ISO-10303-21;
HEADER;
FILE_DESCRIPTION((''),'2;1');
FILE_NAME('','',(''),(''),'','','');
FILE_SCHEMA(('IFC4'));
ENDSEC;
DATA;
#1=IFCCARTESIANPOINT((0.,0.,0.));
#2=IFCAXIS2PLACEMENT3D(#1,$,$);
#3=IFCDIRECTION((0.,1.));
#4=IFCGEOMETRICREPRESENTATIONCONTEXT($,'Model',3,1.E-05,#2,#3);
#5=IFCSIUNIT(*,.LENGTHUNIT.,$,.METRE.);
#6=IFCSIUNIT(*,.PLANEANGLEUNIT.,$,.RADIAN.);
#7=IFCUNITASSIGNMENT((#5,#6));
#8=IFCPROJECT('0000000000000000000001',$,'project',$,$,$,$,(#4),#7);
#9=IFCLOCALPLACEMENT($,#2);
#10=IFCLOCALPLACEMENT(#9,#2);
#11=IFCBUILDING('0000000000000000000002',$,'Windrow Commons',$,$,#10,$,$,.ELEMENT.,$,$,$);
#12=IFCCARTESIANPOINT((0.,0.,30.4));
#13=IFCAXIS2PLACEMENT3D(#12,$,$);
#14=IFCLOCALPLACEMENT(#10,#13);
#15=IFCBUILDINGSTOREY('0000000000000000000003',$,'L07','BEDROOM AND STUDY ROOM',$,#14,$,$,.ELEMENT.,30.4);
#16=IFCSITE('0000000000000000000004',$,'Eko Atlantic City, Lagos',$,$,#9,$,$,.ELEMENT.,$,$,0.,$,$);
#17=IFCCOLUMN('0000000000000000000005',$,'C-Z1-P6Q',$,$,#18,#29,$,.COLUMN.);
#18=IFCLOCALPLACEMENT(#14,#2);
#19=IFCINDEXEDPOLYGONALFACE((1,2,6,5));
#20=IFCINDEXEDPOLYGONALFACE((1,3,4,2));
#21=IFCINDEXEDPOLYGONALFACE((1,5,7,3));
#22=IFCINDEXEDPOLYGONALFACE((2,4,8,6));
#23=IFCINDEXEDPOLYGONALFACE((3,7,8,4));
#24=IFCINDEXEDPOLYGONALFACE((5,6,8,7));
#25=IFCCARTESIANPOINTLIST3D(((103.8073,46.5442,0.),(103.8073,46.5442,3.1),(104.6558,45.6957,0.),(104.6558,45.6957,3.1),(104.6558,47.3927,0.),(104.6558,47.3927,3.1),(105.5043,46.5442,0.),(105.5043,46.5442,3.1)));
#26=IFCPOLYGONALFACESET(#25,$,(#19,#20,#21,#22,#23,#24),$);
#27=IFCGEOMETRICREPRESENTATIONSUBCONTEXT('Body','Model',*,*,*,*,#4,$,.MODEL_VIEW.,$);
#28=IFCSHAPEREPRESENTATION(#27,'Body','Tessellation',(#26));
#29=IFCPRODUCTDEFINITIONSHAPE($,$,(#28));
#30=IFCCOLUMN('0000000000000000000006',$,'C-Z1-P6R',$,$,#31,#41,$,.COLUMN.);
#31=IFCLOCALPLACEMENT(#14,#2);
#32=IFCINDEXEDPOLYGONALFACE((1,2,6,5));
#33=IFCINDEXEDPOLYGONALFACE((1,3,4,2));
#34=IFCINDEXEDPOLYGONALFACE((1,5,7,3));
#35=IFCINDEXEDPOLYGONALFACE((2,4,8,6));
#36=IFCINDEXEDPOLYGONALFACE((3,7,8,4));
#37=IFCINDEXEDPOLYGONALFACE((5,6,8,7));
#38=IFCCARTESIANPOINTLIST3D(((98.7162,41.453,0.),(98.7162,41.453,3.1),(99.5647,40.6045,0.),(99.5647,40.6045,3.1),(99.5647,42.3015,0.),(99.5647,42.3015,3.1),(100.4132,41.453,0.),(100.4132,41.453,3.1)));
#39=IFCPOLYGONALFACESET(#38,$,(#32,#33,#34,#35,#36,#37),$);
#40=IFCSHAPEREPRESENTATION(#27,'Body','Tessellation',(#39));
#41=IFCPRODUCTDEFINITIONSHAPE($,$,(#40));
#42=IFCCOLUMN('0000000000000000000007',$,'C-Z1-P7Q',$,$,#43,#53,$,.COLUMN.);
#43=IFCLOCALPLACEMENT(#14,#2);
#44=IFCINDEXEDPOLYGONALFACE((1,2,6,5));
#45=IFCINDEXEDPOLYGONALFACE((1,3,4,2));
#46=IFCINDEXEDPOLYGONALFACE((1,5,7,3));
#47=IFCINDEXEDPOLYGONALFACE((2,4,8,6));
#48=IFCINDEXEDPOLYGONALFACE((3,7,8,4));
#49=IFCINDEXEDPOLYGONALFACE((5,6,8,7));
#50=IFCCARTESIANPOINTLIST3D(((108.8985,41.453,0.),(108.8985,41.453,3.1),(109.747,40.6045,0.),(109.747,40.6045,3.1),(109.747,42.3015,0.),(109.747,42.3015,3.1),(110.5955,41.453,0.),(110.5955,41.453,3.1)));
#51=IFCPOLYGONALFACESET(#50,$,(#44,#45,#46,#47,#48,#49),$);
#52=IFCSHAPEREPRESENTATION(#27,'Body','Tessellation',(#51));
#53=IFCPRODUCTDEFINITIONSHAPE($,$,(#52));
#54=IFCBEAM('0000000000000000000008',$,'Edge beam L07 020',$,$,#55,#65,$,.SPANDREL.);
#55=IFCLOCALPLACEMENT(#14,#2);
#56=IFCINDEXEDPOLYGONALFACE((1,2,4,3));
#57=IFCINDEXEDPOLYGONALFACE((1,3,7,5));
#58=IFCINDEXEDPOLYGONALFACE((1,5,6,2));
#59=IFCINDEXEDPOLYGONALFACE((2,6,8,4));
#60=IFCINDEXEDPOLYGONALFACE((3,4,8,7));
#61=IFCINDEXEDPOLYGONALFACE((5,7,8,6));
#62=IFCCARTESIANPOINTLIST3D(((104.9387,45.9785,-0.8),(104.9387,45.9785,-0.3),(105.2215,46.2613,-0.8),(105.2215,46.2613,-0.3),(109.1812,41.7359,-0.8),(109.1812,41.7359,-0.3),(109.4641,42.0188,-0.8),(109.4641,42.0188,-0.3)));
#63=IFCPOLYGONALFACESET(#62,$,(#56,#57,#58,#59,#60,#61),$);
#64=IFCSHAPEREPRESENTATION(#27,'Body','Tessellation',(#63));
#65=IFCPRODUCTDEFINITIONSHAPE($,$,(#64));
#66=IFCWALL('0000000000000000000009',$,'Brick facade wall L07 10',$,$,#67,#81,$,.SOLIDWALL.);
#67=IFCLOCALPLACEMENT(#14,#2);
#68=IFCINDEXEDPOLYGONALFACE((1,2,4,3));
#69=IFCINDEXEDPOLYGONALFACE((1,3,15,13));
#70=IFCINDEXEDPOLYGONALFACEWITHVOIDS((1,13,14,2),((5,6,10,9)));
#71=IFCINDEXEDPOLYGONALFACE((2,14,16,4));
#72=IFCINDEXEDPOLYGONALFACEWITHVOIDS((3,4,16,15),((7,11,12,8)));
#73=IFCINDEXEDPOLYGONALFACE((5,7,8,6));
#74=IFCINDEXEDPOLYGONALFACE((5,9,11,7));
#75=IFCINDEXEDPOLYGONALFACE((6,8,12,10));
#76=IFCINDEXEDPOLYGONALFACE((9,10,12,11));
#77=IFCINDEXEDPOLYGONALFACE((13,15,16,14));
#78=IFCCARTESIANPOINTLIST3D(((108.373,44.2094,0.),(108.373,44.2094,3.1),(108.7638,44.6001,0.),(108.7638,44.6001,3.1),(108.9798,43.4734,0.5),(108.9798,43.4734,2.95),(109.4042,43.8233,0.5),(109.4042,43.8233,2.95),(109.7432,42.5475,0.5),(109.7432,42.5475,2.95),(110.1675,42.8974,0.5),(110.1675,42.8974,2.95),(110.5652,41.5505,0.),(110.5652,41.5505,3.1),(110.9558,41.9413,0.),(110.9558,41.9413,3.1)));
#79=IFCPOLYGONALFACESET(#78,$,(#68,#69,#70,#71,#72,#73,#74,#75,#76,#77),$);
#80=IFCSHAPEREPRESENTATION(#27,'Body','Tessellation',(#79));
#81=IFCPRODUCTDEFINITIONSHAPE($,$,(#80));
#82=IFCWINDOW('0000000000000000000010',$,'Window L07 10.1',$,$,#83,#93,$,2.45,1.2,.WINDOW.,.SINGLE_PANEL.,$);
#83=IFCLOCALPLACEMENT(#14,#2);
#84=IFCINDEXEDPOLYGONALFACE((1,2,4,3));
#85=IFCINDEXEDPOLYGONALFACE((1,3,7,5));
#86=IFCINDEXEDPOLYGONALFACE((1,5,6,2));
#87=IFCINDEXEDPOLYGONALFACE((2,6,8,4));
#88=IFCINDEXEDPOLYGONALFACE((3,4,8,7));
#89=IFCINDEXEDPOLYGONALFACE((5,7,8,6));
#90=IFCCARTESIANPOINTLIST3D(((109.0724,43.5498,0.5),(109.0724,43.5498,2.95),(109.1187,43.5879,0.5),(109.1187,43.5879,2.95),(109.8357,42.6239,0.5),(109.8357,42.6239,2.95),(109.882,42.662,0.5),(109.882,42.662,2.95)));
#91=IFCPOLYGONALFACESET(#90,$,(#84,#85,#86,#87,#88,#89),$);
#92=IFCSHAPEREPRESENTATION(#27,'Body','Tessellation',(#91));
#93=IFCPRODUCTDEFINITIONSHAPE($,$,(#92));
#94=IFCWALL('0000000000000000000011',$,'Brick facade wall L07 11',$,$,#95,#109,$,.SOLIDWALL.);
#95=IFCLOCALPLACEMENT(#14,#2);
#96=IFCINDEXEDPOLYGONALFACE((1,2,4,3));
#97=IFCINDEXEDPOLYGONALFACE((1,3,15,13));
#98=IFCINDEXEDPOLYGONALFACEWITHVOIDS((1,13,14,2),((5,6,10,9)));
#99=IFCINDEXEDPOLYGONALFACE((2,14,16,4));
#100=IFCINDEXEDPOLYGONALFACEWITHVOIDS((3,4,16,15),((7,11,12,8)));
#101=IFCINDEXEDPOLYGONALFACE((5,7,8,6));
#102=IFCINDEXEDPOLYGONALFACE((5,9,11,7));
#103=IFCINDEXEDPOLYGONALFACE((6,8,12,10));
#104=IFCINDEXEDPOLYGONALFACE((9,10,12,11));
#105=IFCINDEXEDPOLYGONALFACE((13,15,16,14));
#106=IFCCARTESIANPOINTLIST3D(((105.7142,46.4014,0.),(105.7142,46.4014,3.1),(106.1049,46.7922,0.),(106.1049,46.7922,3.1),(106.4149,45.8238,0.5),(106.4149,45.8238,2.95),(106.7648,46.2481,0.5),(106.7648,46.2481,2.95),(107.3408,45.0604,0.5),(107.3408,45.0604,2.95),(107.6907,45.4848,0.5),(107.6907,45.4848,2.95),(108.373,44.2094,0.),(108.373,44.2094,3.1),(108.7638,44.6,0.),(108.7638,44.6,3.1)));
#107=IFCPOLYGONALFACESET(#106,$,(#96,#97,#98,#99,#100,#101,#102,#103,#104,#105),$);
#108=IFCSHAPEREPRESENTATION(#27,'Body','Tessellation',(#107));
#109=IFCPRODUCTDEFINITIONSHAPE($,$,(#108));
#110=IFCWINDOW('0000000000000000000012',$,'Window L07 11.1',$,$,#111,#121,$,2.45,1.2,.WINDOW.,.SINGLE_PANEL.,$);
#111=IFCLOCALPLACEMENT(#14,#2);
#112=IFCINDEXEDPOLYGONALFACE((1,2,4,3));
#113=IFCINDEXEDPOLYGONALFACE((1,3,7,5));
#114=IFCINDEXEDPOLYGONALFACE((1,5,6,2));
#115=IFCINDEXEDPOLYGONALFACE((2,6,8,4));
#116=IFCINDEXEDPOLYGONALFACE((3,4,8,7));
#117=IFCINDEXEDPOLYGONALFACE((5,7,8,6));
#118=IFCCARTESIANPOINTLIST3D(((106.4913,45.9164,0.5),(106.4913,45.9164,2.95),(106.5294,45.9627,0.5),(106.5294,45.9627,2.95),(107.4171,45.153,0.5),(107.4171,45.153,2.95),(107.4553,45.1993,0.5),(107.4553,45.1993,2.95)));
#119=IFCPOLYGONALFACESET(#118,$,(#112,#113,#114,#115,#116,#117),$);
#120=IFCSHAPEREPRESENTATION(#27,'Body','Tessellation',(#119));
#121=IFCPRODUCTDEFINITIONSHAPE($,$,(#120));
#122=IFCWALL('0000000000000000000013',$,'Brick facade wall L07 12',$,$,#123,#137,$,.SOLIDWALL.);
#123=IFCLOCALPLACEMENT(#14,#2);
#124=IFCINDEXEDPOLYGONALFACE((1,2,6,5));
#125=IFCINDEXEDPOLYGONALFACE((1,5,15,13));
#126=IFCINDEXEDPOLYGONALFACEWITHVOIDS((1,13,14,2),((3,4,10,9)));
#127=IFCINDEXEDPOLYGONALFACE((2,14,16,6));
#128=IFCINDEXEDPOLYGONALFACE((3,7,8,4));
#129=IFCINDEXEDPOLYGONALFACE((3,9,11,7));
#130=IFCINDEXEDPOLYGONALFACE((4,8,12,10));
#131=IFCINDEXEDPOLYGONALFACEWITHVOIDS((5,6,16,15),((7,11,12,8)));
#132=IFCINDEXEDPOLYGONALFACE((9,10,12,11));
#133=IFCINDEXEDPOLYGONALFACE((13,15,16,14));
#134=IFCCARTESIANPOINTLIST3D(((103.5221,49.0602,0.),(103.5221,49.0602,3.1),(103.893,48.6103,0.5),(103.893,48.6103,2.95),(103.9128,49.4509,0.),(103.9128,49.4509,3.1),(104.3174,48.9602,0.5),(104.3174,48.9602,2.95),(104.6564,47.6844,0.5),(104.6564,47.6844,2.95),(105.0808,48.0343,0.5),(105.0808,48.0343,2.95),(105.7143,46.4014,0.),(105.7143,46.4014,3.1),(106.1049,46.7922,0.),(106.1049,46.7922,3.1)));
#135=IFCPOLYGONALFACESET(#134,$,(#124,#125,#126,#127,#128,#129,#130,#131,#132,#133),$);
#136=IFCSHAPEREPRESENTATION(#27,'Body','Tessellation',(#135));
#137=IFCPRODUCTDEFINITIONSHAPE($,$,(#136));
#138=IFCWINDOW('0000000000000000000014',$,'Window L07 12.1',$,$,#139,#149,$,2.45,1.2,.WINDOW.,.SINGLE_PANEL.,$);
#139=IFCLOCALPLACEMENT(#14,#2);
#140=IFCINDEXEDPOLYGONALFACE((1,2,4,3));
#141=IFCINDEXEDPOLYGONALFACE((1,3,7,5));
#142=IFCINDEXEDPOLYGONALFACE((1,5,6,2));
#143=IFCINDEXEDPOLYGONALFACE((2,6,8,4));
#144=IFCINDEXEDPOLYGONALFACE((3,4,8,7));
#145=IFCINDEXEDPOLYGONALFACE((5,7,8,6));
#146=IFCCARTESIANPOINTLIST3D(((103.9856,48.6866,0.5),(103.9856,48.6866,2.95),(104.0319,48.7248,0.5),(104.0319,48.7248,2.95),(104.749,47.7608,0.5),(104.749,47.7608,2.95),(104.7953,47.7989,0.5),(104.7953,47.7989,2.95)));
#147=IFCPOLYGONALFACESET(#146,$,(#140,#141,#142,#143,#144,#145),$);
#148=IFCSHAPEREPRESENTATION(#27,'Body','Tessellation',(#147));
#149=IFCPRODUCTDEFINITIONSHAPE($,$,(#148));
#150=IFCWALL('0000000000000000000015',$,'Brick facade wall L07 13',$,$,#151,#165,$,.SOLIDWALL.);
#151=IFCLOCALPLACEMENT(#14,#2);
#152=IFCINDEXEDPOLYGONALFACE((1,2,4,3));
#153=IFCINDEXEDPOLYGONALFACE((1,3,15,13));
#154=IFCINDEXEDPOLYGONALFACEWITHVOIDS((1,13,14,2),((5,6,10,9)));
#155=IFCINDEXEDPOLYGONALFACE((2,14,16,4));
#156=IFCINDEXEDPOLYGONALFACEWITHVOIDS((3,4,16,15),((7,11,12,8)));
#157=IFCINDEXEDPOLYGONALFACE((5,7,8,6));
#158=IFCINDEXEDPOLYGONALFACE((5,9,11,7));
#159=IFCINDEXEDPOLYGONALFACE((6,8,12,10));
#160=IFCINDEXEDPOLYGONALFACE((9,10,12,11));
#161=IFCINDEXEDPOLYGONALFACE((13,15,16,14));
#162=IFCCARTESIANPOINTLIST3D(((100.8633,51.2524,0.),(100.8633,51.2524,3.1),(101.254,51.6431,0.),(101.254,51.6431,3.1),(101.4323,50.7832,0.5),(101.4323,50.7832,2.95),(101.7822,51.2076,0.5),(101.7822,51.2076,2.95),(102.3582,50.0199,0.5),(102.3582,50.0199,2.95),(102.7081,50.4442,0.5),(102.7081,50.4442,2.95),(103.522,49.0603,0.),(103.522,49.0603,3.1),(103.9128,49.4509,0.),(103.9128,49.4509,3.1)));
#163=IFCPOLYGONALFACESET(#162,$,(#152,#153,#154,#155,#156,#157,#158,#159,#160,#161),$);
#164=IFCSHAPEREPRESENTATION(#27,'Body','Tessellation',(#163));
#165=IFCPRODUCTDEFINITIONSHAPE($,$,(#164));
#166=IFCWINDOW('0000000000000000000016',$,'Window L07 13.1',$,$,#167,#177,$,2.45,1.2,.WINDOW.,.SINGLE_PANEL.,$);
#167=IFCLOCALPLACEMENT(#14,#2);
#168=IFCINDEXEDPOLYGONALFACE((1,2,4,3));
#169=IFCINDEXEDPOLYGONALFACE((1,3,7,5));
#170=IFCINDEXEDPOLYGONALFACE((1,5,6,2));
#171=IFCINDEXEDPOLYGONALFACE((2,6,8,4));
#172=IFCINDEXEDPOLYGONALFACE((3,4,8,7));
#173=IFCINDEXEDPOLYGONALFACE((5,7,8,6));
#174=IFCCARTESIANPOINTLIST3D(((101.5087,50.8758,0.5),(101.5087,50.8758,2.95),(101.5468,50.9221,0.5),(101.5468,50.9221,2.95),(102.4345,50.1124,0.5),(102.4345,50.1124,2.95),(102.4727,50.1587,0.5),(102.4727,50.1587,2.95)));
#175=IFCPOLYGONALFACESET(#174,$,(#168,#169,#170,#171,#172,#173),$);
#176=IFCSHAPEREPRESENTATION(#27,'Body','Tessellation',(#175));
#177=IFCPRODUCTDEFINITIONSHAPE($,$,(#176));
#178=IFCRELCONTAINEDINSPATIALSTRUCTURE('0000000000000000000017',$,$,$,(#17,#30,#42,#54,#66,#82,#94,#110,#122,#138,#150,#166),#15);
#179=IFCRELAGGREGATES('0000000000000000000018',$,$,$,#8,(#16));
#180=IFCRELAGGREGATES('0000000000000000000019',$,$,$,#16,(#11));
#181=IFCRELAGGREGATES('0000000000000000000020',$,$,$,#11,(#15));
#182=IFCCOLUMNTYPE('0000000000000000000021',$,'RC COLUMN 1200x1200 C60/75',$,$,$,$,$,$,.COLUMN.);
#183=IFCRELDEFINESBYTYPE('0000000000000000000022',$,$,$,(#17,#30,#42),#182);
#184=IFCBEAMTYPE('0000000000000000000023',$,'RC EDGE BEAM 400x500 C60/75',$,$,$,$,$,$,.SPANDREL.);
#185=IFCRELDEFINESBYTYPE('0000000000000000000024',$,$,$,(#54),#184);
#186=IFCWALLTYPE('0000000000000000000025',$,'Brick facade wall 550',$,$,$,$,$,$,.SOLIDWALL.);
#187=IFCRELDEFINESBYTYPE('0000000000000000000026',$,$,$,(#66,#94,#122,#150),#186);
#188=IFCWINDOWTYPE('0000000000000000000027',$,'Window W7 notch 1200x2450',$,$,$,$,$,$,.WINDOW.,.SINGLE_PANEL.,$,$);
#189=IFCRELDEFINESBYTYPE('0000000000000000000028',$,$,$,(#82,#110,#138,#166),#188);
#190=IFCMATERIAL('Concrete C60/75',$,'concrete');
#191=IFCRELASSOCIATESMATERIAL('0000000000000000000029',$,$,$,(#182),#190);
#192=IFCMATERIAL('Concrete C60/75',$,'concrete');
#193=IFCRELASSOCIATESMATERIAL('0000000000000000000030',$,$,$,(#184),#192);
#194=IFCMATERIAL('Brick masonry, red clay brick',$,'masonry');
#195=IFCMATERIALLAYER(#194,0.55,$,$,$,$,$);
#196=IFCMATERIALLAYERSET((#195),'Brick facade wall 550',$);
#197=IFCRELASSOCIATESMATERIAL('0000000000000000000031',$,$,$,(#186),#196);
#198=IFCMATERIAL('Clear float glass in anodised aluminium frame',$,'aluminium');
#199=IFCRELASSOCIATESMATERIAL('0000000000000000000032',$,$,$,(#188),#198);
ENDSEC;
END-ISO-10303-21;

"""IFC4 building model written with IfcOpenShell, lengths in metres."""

from ifc_helpers import new_model, si_unit, direction, frame, frame_2d, origin, origin_2d, place, context, subcontext, project, spatial, polyline, rectangle, outline, extrude, material, layer, layer_set, material_profile, profile_set, type_object, element, fill, save


model = new_model("IFC4")

# Units and contexts
model_context = context("Model", 3, precision=1e-05, world=origin(), true_north=direction((0.0, 1.0)))
body_context = subcontext(model_context, "Body", "Model", "MODEL_VIEW")
ifc_project = project(units=[si_unit("LENGTHUNIT", "METRE"), si_unit("PLANEANGLEUNIT", "RADIAN")], contexts=[model_context])

# Site, building, storey
site_placement = place(None, origin())
site = spatial("IfcSite", under=ifc_project, at=site_placement, Name="Eko Atlantic City, Lagos", CompositionType="ELEMENT", RefElevation=0.0)
building_placement = place(site_placement, origin())
building = spatial("IfcBuilding", under=site, at=building_placement, Name="Windrow Commons", CompositionType="ELEMENT")
storey_placement = place(building_placement, frame((0.0, 0.0, 30.4)))
storey = spatial("IfcBuildingStorey", under=building, at=storey_placement, Name="L07", Description="BEDROOM AND STUDY ROOM", CompositionType="ELEMENT", Elevation=30.4)

# Columns
ifc_material_1 = material(Name="Concrete C60/75", Category="concrete")
ifc_material_profile_1 = material_profile(ifc_material_1, rectangle(XDim=1.2, YDim=1.2, at=origin_2d()))
ifc_profile_set_1 = profile_set([ifc_material_profile_1], Name="Concrete C60/75")
column_type = type_object("IfcColumnType", Name="RC COLUMN 1200x1200 C60/75", PredefinedType="COLUMN", material=ifc_profile_set_1)
for number, where, z_axis, x_axis, name in (
    (1, (104.6558, 46.5442, 0.0), (0.0, 0.0, 1.0), (0.707107, -0.707107, 0.0), "C-Z1-P6Q"),
    (2, (99.5647, 41.453, 0.0), (0.0, 0.0, 1.0), (0.707107, -0.707107, 0.0), "C-Z1-P6R"),
    (3, (109.747, 41.453, 0.0), (0.0, 0.0, 1.0), (0.707107, -0.707107, 0.0), "C-Z1-P7Q"),
):
    element("IfcColumn", number, at=place(storey_placement, frame(where, z_axis=z_axis, x_axis=x_axis)), inside=storey, type_object=column_type, Name=name, PredefinedType="COLUMN", context=body_context, shape_type="SweptSolid", body=[
        extrude(rectangle(XDim=1.2, YDim=1.2, at=origin_2d()), origin(), (0.0, 0.0, 1.0), 3.1),
    ])

# Beam
ifc_material_2 = material(Name="Concrete C60/75", Category="concrete")
ifc_material_profile_2 = material_profile(ifc_material_2, rectangle(XDim=0.4, YDim=0.5, at=origin_2d()))
ifc_profile_set_2 = profile_set([ifc_material_profile_2], Name="Concrete C60/75")
beam_type = type_object("IfcBeamType", Name="RC EDGE BEAM 400x500 C60/75", PredefinedType="SPANDREL", material=ifc_profile_set_2)
beam_placement = place(storey_placement, frame((105.0801, 46.1199, -0.55), z_axis=(0.707107, -0.707107, 0.0), x_axis=(0.707107, 0.707107, 0.0)))
element("IfcBeam", 4, at=beam_placement, inside=storey, type_object=beam_type, Name="Edge beam L07 020", PredefinedType="SPANDREL", context=body_context, shape_type="SweptSolid", body=[
    extrude(rectangle(XDim=0.4, YDim=0.5, at=origin_2d()), origin(), (0.0, 0.0, 1.0), 5.9999),
])

# Walls, openings, windows
ifc_material_3 = material(Name="Brick masonry, red clay brick", Category="masonry")
ifc_layer_1 = layer(ifc_material_3, 0.55)
ifc_layer_set_1 = layer_set([ifc_layer_1], Name="Brick facade wall 550")
wall_type_1 = type_object("IfcWallType", Name="Brick facade wall 550", PredefinedType="SOLIDWALL", material=ifc_layer_set_1)
wall_1_placement = place(storey_placement, frame((110.7605, 41.7459, 0.0), z_axis=(0.0, 0.0, 1.0), x_axis=(-0.636139, 0.771574, 0.0)))
wall_1 = element("IfcWall", 5, at=wall_1_placement, inside=storey, type_object=wall_type_1, Name="Brick facade wall L07 10", PredefinedType="SOLIDWALL", context=body_context, shape_type="SweptSolid", body=[
    extrude(outline(polyline([(0.0265, -0.275), (3.4724, -0.275), (3.4195, 0.275), (-0.0265, 0.275), (0.0265, -0.275)])), origin(), (0.0, 0.0, 1.0), 3.1),
])
opening_1_placement = place(wall_1_placement, frame((1.2657, 0.0, 0.5)))
opening_1 = element("IfcOpeningElement", 6, at=opening_1_placement, cuts=wall_1, PredefinedType="OPENING", context=body_context, shape_type="SweptSolid", body=[
    extrude(rectangle(XDim=1.2, YDim=2.45, at=frame_2d((0.6, 1.225))), frame((0.0, 0.285, 0.0), z_axis=(0.0, -1.0, 0.0), x_axis=(1.0, 0.0, 0.0)), (0.0, 0.0, 1.0), 0.57),
])
ifc_material_4 = material(Name="Clear float glass in anodised aluminium frame", Category="aluminium")
window_type = type_object("IfcWindowType", Name="Window W7 notch 1200x2450", PartitioningType="SINGLE_PANEL", PredefinedType="WINDOW", material=ifc_material_4)
window_1_placement = place(opening_1_placement, origin())
window_1 = element("IfcWindow", 7, at=window_1_placement, inside=storey, type_object=window_type, Name="Window L07 10.1", OverallHeight=2.45, OverallWidth=1.2, PartitioningType="SINGLE_PANEL", PredefinedType="WINDOW", context=body_context, shape_type="SweptSolid", body=[
    extrude(rectangle(XDim=1.2, YDim=2.45, at=frame_2d((0.6, 1.225))), frame((0.0, 0.155, 0.0), z_axis=(0.0, -1.0, 0.0), x_axis=(1.0, 0.0, 0.0)), (0.0, 0.0, 1.0), 0.06),
])
fill(opening_1, window_1)
wall_2_placement = place(storey_placement, frame((108.5684, 44.4047, 0.0), z_axis=(0.0, 0.0, 1.0), x_axis=(-0.771574, 0.636139, 0.0)))
wall_2 = element("IfcWall", 8, at=wall_2_placement, inside=storey, type_object=wall_type_1, Name="Brick facade wall L07 11", PredefinedType="SOLIDWALL", context=body_context, shape_type="SweptSolid", body=[
    extrude(outline(polyline([(-0.0265, -0.275), (3.4195, -0.275), (3.4724, 0.275), (0.0265, 0.275), (-0.0265, -0.275)])), origin(), (0.0, 0.0, 1.0), 3.1),
])
opening_2_placement = place(wall_2_placement, frame((1.3643, 0.0, 0.5)))
opening_2 = element("IfcOpeningElement", 9, at=opening_2_placement, cuts=wall_2, PredefinedType="OPENING", context=body_context, shape_type="SweptSolid", body=[
    extrude(rectangle(XDim=1.2, YDim=2.45, at=frame_2d((0.6, 1.225))), frame((0.0, 0.285, 0.0), z_axis=(0.0, -1.0, 0.0), x_axis=(1.0, 0.0, 0.0)), (0.0, 0.0, 1.0), 0.57),
])
window_2_placement = place(opening_2_placement, origin())
window_2 = element("IfcWindow", 10, at=window_2_placement, inside=storey, type_object=window_type, Name="Window L07 11.1", OverallHeight=2.45, OverallWidth=1.2, PartitioningType="SINGLE_PANEL", PredefinedType="WINDOW", context=body_context, shape_type="SweptSolid", body=[
    extrude(rectangle(XDim=1.2, YDim=2.45, at=frame_2d((0.6, 1.225))), frame((0.0, 0.155, 0.0), z_axis=(0.0, -1.0, 0.0), x_axis=(1.0, 0.0, 0.0)), (0.0, 0.0, 1.0), 0.06),
])
fill(opening_2, window_2)
wall_3_placement = place(storey_placement, frame((105.9096, 46.5968, 0.0), z_axis=(0.0, 0.0, 1.0), x_axis=(-0.636157, 0.77156, 0.0)))
wall_3 = element("IfcWall", 11, at=wall_3_placement, inside=storey, type_object=wall_type_1, Name="Brick facade wall L07 12", PredefinedType="SOLIDWALL", context=body_context, shape_type="SweptSolid", body=[
    extrude(outline(polyline([(0.0265, -0.275), (3.4724, -0.275), (3.4195, 0.275), (-0.0265, 0.275), (0.0265, -0.275)])), origin(), (0.0, 0.0, 1.0), 3.1),
])
opening_3_placement = place(wall_3_placement, frame((1.6364, 0.0, 0.5)))
opening_3 = element("IfcOpeningElement", 12, at=opening_3_placement, cuts=wall_3, PredefinedType="OPENING", context=body_context, shape_type="SweptSolid", body=[
    extrude(rectangle(XDim=1.2, YDim=2.45, at=frame_2d((0.6, 1.225))), frame((0.0, 0.285, 0.0), z_axis=(0.0, -1.0, 0.0), x_axis=(1.0, 0.0, 0.0)), (0.0, 0.0, 1.0), 0.57),
])
window_3_placement = place(opening_3_placement, origin())
window_3 = element("IfcWindow", 13, at=window_3_placement, inside=storey, type_object=window_type, Name="Window L07 12.1", OverallHeight=2.45, OverallWidth=1.2, PartitioningType="SINGLE_PANEL", PredefinedType="WINDOW", context=body_context, shape_type="SweptSolid", body=[
    extrude(rectangle(XDim=1.2, YDim=2.45, at=frame_2d((0.6, 1.225))), frame((0.0, 0.155, 0.0), z_axis=(0.0, -1.0, 0.0), x_axis=(1.0, 0.0, 0.0)), (0.0, 0.0, 1.0), 0.06),
])
fill(opening_3, window_3)
wall_4_placement = place(storey_placement, frame((103.7174, 49.2556, 0.0), z_axis=(0.0, 0.0, 1.0), x_axis=(-0.77156, 0.636157, 0.0)))
wall_4 = element("IfcWall", 14, at=wall_4_placement, inside=storey, type_object=wall_type_1, Name="Brick facade wall L07 13", PredefinedType="SOLIDWALL", context=body_context, shape_type="SweptSolid", body=[
    extrude(outline(polyline([(-0.0265, -0.275), (3.4195, -0.275), (3.4724, 0.275), (0.0265, 0.275), (-0.0265, -0.275)])), origin(), (0.0, 0.0, 1.0), 3.1),
])
opening_4_placement = place(wall_4_placement, frame((1.5349, 0.0, 0.5)))
opening_4 = element("IfcOpeningElement", 15, at=opening_4_placement, cuts=wall_4, PredefinedType="OPENING", context=body_context, shape_type="SweptSolid", body=[
    extrude(rectangle(XDim=1.2, YDim=2.45, at=frame_2d((0.6, 1.225))), frame((0.0, 0.285, 0.0), z_axis=(0.0, -1.0, 0.0), x_axis=(1.0, 0.0, 0.0)), (0.0, 0.0, 1.0), 0.57),
])
window_4_placement = place(opening_4_placement, origin())
window_4 = element("IfcWindow", 16, at=window_4_placement, inside=storey, type_object=window_type, Name="Window L07 13.1", OverallHeight=2.45, OverallWidth=1.2, PartitioningType="SINGLE_PANEL", PredefinedType="WINDOW", context=body_context, shape_type="SweptSolid", body=[
    extrude(rectangle(XDim=1.2, YDim=2.45, at=frame_2d((0.6, 1.225))), frame((0.0, 0.155, 0.0), z_axis=(0.0, -1.0, 0.0), x_axis=(1.0, 0.0, 0.0)), (0.0, 0.0, 1.0), 0.06),
])
fill(opening_4, window_4)

save(model, "model.ifc")
